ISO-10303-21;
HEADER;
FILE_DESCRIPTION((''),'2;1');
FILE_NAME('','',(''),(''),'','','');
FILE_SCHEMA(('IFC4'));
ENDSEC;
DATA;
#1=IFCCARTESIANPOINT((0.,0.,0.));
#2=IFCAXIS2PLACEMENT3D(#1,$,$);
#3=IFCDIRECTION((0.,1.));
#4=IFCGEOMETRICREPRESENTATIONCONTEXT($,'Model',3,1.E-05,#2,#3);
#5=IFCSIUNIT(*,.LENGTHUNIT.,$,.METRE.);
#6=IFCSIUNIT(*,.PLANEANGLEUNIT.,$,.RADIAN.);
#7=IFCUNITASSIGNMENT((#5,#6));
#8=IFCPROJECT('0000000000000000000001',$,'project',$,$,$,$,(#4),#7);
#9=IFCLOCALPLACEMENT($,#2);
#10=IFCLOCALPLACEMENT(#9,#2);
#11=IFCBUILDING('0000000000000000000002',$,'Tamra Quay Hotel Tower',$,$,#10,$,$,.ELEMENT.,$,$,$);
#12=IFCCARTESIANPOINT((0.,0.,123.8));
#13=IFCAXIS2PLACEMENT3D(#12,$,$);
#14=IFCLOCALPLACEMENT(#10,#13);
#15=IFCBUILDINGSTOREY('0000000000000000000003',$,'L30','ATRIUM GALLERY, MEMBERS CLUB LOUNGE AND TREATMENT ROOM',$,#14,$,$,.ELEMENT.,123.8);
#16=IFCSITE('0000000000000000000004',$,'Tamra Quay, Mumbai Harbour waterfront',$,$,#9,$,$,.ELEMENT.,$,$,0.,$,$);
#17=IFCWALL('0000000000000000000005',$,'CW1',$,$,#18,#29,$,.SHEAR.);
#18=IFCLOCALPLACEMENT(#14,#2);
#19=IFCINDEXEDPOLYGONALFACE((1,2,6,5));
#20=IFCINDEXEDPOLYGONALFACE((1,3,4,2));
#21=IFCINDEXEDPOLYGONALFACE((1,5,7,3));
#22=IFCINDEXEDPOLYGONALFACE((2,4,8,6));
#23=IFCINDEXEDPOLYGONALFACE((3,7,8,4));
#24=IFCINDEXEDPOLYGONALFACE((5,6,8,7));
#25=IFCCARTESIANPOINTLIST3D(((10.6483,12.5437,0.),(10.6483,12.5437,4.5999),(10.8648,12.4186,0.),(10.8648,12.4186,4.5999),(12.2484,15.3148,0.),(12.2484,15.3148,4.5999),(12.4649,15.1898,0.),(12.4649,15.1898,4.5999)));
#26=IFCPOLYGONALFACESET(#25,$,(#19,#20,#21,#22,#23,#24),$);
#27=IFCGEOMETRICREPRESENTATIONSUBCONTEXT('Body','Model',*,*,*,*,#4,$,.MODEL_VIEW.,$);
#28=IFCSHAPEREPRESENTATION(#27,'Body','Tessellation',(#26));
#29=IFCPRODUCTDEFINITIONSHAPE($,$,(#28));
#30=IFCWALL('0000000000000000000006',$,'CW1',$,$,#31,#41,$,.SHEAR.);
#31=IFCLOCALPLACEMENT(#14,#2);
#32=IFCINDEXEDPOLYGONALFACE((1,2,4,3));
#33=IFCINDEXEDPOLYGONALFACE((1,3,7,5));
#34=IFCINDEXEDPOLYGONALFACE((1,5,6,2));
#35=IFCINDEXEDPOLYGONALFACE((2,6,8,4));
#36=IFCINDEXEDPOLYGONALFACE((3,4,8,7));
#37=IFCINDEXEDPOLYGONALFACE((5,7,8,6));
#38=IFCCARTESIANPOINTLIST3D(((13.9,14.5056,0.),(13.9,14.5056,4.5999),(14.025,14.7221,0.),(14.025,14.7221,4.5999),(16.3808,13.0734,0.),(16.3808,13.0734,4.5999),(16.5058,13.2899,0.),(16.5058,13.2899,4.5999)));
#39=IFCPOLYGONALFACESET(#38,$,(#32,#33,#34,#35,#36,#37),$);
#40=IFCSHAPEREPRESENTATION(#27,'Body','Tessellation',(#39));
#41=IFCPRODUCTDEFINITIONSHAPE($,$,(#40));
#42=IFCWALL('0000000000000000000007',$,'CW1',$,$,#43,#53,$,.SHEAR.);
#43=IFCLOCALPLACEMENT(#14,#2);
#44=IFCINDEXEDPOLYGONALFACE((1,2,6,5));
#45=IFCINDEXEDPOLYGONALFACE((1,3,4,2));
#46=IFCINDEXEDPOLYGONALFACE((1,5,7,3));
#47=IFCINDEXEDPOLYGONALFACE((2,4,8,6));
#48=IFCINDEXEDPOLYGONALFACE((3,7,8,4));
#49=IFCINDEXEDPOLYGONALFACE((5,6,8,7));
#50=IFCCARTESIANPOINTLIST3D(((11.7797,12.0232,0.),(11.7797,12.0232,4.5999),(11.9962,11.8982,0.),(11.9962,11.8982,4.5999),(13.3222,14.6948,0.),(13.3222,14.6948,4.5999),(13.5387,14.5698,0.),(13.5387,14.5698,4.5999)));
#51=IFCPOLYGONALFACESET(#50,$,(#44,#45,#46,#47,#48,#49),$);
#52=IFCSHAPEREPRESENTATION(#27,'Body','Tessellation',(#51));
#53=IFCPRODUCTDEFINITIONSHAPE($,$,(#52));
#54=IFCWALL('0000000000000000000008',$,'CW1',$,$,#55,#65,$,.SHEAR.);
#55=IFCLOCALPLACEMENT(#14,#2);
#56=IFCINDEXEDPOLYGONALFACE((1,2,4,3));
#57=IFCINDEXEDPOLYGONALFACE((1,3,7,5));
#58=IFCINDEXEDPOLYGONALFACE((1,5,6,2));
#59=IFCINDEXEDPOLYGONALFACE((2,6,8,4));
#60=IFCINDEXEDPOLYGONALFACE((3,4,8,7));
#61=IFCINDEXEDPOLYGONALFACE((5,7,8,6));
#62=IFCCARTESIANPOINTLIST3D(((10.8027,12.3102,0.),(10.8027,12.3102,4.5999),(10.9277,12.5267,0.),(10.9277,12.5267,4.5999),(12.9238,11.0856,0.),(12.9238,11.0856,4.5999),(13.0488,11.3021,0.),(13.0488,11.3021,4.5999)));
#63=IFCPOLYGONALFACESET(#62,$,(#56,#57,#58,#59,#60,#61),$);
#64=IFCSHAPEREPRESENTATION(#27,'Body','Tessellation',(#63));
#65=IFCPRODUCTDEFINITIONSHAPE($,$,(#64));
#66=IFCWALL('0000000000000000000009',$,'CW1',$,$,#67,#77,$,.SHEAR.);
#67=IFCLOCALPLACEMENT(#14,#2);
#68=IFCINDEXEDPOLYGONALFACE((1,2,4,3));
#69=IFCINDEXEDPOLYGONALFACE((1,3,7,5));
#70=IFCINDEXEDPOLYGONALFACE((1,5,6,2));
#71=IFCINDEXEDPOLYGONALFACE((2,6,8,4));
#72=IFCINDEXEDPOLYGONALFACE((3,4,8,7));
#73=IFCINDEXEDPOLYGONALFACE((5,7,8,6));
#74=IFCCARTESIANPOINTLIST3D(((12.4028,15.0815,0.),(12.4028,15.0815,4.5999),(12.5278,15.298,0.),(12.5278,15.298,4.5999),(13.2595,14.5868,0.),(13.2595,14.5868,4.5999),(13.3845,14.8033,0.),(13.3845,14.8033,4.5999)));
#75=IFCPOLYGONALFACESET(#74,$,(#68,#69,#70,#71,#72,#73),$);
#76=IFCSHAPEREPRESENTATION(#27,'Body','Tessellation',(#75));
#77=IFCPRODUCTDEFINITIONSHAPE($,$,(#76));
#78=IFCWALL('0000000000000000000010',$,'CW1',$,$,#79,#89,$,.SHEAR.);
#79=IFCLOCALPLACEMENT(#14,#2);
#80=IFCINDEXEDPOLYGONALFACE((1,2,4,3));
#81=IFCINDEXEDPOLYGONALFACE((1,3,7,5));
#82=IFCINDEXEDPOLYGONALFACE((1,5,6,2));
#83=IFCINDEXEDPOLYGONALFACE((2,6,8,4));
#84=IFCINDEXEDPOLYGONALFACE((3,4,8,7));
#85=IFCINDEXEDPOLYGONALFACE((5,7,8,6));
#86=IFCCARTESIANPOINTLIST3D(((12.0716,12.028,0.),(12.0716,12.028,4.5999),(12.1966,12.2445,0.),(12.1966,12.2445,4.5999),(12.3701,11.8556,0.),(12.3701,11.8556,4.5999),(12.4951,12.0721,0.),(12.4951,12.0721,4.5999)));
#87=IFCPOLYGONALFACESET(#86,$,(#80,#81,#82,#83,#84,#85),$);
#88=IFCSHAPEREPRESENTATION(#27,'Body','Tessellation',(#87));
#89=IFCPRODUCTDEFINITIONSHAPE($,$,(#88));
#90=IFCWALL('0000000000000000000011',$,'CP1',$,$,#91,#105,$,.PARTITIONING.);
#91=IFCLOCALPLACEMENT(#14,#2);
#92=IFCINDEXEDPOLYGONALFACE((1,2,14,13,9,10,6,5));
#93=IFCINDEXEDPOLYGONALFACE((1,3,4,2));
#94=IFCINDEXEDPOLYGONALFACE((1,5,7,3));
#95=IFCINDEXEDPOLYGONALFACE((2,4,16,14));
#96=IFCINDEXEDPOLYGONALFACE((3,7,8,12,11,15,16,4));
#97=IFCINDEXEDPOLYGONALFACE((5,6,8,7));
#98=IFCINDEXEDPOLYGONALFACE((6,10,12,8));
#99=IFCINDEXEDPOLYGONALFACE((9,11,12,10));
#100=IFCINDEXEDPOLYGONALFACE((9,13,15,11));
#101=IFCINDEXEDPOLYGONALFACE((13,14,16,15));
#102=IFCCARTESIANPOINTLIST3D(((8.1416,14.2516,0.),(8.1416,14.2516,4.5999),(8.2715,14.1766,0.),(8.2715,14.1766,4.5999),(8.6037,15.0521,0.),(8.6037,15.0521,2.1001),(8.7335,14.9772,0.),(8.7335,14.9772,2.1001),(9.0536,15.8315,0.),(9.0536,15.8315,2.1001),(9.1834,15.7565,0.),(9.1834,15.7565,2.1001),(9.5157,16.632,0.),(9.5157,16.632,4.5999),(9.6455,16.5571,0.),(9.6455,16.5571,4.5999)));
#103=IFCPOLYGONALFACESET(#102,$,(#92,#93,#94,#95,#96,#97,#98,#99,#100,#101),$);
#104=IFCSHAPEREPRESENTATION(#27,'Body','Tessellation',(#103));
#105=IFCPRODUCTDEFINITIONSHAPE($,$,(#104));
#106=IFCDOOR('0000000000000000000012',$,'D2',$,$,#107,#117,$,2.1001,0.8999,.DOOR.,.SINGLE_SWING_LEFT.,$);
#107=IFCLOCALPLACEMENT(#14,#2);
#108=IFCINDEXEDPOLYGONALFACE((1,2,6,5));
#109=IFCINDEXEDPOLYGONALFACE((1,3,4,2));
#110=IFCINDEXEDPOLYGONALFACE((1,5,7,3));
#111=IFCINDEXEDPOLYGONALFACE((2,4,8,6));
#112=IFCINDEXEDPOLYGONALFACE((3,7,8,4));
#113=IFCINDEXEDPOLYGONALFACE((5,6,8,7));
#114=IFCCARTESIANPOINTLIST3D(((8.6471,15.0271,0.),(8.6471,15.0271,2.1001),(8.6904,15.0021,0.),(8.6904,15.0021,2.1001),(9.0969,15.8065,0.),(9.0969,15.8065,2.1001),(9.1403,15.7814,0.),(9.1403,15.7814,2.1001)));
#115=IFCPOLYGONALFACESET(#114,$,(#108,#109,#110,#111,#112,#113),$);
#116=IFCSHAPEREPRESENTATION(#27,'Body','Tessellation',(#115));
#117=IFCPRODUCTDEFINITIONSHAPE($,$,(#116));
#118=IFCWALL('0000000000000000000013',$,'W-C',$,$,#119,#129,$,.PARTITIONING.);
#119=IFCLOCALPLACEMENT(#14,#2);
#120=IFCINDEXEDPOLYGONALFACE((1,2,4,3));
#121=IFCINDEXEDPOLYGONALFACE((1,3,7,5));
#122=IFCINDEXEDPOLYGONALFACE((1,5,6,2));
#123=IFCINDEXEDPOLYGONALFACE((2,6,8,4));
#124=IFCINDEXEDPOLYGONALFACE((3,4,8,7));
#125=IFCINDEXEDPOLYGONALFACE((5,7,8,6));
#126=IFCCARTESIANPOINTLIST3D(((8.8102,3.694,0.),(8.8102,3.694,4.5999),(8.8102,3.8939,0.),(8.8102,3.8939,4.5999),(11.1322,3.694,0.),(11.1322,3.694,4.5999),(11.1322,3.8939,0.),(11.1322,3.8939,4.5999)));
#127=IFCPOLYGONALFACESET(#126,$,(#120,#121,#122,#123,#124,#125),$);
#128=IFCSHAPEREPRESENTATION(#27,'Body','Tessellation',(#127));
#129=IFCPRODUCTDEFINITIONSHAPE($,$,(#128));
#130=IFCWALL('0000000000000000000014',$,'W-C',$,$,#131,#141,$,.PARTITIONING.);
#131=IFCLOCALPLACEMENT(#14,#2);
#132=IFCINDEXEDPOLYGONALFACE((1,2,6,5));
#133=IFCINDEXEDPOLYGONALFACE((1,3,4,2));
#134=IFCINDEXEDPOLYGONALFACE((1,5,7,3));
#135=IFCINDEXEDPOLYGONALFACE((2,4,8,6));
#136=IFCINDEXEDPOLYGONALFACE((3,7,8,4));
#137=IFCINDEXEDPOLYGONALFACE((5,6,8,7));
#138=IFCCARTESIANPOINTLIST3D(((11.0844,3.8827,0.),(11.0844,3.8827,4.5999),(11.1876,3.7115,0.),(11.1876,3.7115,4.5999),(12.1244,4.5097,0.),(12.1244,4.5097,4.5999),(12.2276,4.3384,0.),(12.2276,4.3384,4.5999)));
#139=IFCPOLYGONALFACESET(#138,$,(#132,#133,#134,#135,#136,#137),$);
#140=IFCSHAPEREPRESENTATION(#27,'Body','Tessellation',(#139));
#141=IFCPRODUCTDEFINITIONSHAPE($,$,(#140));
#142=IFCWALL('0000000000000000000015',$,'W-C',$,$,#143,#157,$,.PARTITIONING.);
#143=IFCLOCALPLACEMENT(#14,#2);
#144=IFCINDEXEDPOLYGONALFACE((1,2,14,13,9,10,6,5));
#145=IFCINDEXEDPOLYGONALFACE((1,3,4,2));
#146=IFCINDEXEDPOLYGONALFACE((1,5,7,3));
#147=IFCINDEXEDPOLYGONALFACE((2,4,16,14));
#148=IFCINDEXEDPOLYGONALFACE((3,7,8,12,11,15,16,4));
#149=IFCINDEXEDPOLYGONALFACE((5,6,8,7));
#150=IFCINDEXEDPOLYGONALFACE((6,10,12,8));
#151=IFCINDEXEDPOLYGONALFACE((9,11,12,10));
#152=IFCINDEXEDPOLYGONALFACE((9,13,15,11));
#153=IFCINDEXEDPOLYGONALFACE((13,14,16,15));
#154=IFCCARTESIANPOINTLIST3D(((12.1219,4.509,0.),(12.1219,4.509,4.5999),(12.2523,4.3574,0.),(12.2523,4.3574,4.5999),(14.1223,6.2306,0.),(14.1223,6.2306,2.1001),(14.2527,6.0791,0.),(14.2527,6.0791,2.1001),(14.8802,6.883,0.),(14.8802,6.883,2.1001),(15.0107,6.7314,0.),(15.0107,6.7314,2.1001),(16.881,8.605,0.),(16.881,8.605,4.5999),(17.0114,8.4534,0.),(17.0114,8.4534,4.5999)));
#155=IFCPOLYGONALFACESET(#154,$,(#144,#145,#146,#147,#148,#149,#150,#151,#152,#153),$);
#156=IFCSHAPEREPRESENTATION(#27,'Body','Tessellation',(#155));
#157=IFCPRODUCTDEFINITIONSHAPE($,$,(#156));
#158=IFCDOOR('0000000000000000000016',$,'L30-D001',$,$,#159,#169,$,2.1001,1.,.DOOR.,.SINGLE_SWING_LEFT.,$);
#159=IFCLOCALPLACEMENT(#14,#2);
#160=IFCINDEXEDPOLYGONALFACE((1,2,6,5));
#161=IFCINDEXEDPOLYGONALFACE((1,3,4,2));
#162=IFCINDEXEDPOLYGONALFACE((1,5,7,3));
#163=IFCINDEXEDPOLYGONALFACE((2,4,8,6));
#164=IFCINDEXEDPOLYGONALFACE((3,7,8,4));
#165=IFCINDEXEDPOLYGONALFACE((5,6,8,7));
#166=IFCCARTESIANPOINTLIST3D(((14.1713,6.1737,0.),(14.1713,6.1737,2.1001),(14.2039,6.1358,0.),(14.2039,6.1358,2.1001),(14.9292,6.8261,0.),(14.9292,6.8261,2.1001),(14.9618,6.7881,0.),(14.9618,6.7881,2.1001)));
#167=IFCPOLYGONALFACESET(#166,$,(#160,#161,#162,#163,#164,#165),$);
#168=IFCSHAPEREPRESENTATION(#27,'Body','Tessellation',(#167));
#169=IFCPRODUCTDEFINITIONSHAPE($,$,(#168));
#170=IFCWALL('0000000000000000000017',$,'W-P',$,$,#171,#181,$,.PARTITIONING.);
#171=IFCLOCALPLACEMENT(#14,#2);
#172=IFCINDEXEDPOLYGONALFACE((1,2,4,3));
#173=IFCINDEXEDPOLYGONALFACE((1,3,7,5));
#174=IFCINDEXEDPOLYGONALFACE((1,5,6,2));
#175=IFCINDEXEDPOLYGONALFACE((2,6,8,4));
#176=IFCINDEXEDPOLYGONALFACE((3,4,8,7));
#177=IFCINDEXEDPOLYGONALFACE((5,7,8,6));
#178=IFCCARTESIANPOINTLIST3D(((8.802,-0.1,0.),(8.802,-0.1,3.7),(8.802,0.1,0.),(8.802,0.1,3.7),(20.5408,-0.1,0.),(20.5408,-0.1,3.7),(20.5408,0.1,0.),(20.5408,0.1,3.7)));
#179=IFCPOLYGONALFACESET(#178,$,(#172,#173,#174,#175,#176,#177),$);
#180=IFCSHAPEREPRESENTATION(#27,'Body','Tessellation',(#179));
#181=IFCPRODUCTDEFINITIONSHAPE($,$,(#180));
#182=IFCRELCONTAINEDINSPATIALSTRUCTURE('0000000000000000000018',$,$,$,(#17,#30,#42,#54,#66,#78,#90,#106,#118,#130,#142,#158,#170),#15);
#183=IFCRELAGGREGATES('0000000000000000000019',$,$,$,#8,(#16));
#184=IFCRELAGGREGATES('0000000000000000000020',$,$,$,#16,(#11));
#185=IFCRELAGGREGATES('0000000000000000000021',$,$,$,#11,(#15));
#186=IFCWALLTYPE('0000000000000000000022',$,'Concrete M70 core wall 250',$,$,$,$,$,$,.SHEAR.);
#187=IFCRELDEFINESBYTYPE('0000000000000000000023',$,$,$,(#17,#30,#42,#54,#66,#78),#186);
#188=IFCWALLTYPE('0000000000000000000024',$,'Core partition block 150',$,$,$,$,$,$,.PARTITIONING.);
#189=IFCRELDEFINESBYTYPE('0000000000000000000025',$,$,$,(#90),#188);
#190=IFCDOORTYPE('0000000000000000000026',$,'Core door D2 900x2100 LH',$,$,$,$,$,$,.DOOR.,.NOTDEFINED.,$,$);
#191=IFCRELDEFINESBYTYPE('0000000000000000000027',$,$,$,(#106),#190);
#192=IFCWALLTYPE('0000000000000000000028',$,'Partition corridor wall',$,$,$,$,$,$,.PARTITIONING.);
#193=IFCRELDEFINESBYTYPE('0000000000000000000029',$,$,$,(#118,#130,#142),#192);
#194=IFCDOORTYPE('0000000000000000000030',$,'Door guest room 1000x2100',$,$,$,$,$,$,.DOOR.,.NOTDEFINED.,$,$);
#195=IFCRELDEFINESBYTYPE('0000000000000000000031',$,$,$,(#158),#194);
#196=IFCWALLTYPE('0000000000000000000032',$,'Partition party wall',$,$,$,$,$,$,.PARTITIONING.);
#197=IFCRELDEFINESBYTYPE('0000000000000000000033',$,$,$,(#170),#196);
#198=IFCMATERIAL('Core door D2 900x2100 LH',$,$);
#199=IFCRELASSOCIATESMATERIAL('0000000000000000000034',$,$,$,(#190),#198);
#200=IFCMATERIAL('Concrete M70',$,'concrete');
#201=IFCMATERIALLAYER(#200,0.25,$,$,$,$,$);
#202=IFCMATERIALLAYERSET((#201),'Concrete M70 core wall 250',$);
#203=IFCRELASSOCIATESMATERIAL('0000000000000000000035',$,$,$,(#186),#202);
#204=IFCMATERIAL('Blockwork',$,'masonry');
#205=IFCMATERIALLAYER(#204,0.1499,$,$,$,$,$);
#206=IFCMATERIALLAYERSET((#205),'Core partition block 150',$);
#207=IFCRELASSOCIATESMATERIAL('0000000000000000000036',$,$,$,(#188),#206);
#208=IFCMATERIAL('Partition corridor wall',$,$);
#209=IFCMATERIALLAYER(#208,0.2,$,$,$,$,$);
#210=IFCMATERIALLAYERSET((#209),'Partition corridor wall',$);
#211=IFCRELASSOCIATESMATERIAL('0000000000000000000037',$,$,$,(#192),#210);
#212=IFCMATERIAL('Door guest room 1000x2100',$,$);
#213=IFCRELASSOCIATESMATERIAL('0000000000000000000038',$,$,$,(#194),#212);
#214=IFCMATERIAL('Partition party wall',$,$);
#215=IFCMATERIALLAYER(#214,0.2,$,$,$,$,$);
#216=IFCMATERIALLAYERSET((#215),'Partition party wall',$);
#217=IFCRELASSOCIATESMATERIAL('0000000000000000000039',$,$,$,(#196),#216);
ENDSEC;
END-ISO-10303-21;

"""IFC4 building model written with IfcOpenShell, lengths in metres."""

from ifc_helpers import new_model, si_unit, direction, frame, frame_2d, origin, place, context, subcontext, project, spatial, rectangle, extrude, material, layer, layer_set, type_object, element, fill, save


model = new_model("IFC4")

# Units and contexts
model_context = context("Model", 3, precision=1e-05, world=origin(), true_north=direction((0.0, 1.0)))
body_context = subcontext(model_context, "Body", "Model", "MODEL_VIEW")
ifc_project = project(units=[si_unit("LENGTHUNIT", "METRE"), si_unit("PLANEANGLEUNIT", "RADIAN")], contexts=[model_context])

# Site, building, storey
site_placement = place(None, origin())
site = spatial("IfcSite", under=ifc_project, at=site_placement, Name="Tamra Quay, Mumbai Harbour waterfront", CompositionType="ELEMENT", RefElevation=0.0)
building_placement = place(site_placement, origin())
building = spatial("IfcBuilding", under=site, at=building_placement, Name="Tamra Quay Hotel Tower", CompositionType="ELEMENT")
storey_placement = place(building_placement, frame((0.0, 0.0, 123.8)))
storey = spatial("IfcBuildingStorey", under=building, at=storey_placement, Name="L30", Description="ATRIUM GALLERY, MEMBERS CLUB LOUNGE AND TREATMENT ROOM", CompositionType="ELEMENT", Elevation=123.8)

# Shared definitions
ifc_material_1 = material(Name="Concrete M70", Category="concrete")

# Shared definitions
ifc_material_2 = material(Name="Core door D2 900x2100 LH")
door_type_1 = type_object("IfcDoorType", Name="Core door D2 900x2100 LH", OperationType="NOTDEFINED", PredefinedType="DOOR", material=ifc_material_2)

# Shared definitions
ifc_layer_1 = layer(ifc_material_1, 0.25)
ifc_layer_set_1 = layer_set([ifc_layer_1], Name="Concrete M70 core wall 250")
wall_type_1 = type_object("IfcWallType", Name="Concrete M70 core wall 250", PredefinedType="SHEAR", material=ifc_layer_set_1)

# Walls
wall_1_placement = place(storey_placement, frame((12.3567, 15.2524, 0.0), z_axis=(0.0, 0.0, 1.0), x_axis=(-0.500028, -0.866009, 0.0)))
element("IfcWall", 1, at=wall_1_placement, inside=storey, type_object=wall_type_1, Name="CW1", PredefinedType="SHEAR", context=body_context, shape_type="SweptSolid", body=[
    extrude(rectangle(XDim=3.2, YDim=0.25, at=frame_2d((1.6001, 0.0))), origin(), (0.0, 0.0, 1.0), 4.5999),
])
wall_2_placement = place(storey_placement, frame((13.9626, 14.6138, 0.0), z_axis=(0.0, 0.0, 1.0), x_axis=(0.866042, -0.499971, 0.0)))
element("IfcWall", 2, at=wall_2_placement, inside=storey, type_object=wall_type_1, Name="CW1", PredefinedType="SHEAR", context=body_context, shape_type="SweptSolid", body=[
    extrude(rectangle(XDim=2.8645, YDim=0.25, at=frame_2d((1.4321, 0.0))), origin(), (0.0, 0.0, 1.0), 4.5999),
])
wall_3_placement = place(storey_placement, frame((11.8879, 11.9607, 0.0), z_axis=(0.0, 0.0, 1.0), x_axis=(0.500003, 0.866023, 0.0)))
element("IfcWall", 3, at=wall_3_placement, inside=storey, type_object=wall_type_1, Name="CW1", PredefinedType="SHEAR", context=body_context, shape_type="SweptSolid", body=[
    extrude(rectangle(XDim=3.085, YDim=0.25, at=frame_2d((1.5425, 0.0))), origin(), (0.0, 0.0, 1.0), 4.5999),
])
wall_4_placement = place(storey_placement, frame((10.8652, 12.4185, 0.0), z_axis=(0.0, 0.0, 1.0), x_axis=(0.866026, -0.499999, 0.0)))
element("IfcWall", 4, at=wall_4_placement, inside=storey, type_object=wall_type_1, Name="CW1", PredefinedType="SHEAR", context=body_context, shape_type="SweptSolid", body=[
    extrude(rectangle(XDim=2.4492, YDim=0.25, at=frame_2d((1.2246, 0.0))), origin(), (0.0, 0.0, 1.0), 4.5999),
])
wall_5_placement = place(storey_placement, frame((13.322, 14.6951, 0.0), z_axis=(0.0, 0.0, 1.0), x_axis=(-0.866017, 0.500014, 0.0)))
element("IfcWall", 5, at=wall_5_placement, inside=storey, type_object=wall_type_1, Name="CW1", PredefinedType="SHEAR", context=body_context, shape_type="SweptSolid", body=[
    extrude(rectangle(XDim=0.9893, YDim=0.25, at=frame_2d((0.4946, 0.0))), origin(), (0.0, 0.0, 1.0), 4.5999),
])
wall_6_placement = place(storey_placement, frame((12.4326, 11.9639, 0.0), z_axis=(0.0, 0.0, 1.0), x_axis=(-0.866056, 0.499947, 0.0)))
element("IfcWall", 6, at=wall_6_placement, inside=storey, type_object=wall_type_1, Name="CW1", PredefinedType="SHEAR", context=body_context, shape_type="SweptSolid", body=[
    extrude(rectangle(XDim=0.3447, YDim=0.25, at=frame_2d((0.1724, 0.0))), origin(), (0.0, 0.0, 1.0), 4.5999),
])

# Wall, opening, door
ifc_material_3 = material(Name="Blockwork", Category="masonry")
ifc_layer_2 = layer(ifc_material_3, 0.1499)
ifc_layer_set_2 = layer_set([ifc_layer_2], Name="Core partition block 150")
wall_type_2 = type_object("IfcWallType", Name="Core partition block 150", PredefinedType="PARTITIONING", material=ifc_layer_set_2)
wall_7_placement = place(storey_placement, frame((8.2065, 14.2141, 0.0), z_axis=(0.0, 0.0, 1.0), x_axis=(0.499922, 0.86607, 0.0)))
wall_7 = element("IfcWall", 7, at=wall_7_placement, inside=storey, type_object=wall_type_2, Name="CP1", PredefinedType="PARTITIONING", context=body_context, shape_type="SweptSolid", body=[
    extrude(rectangle(XDim=2.7485, YDim=0.1499, at=frame_2d((1.3743, 0.0))), origin(), (0.0, 0.0, 1.0), 4.5999),
])
opening_1_placement = place(wall_7_placement, frame((0.9243, 0.0, 0.0)))
opening_1 = element("IfcOpeningElement", 8, at=opening_1_placement, cuts=wall_7, PredefinedType="OPENING", context=body_context, shape_type="SweptSolid", body=[
    extrude(rectangle(XDim=0.8999, YDim=2.1001, at=frame_2d((0.45, 1.05))), frame((0.0, 0.085, 0.0), z_axis=(0.0, -1.0, 0.0), x_axis=(1.0, 0.0, 0.0)), (0.0, 0.0, 1.0), 0.1699),
])
door_1_placement = place(opening_1_placement, origin())
door_1 = element("IfcDoor", 9, at=door_1_placement, inside=storey, type_object=door_type_1, Name="D2", OperationType="SINGLE_SWING_LEFT", OverallHeight=2.1001, OverallWidth=0.8999, PredefinedType="DOOR", context=body_context, shape_type="SweptSolid", body=[
    extrude(rectangle(XDim=0.8999, YDim=2.1001, at=frame_2d((0.45, 1.05))), frame((0.0, 0.0249, 0.0), z_axis=(0.0, -1.0, 0.0), x_axis=(1.0, 0.0, 0.0)), (0.0, 0.0, 1.0), 0.05),
])
fill(opening_1, door_1)

# Walls
ifc_material_4 = material(Name="Partition corridor wall")
ifc_layer_3 = layer(ifc_material_4, 0.2)
ifc_layer_set_3 = layer_set([ifc_layer_3], Name="Partition corridor wall")
wall_type_3 = type_object("IfcWallType", Name="Partition corridor wall", PredefinedType="PARTITIONING", material=ifc_layer_set_3)
wall_8_placement = place(storey_placement, frame((8.8101, 3.7939, 0.0), z_axis=(0.0, 0.0, 1.0), x_axis=(1.0, 0.0, 0.0)))
element("IfcWall", 10, at=wall_8_placement, inside=storey, type_object=wall_type_3, Name="W-C", PredefinedType="PARTITIONING", context=body_context, shape_type="SweptSolid", body=[
    extrude(rectangle(XDim=2.322, YDim=0.2, at=frame_2d((1.1611, 0.0))), origin(), (0.0, 0.0, 1.0), 4.5999),
])
wall_9_placement = place(storey_placement, frame((11.136, 3.7971, 0.0), z_axis=(0.0, 0.0, 1.0), x_axis=(0.856427, 0.516269, 0.0)))
element("IfcWall", 11, at=wall_9_placement, inside=storey, type_object=wall_type_3, Name="W-C", PredefinedType="PARTITIONING", context=body_context, shape_type="SweptSolid", body=[
    extrude(rectangle(XDim=1.2144, YDim=0.2, at=frame_2d((0.6072, 0.0))), origin(), (0.0, 0.0, 1.0), 4.5999),
])

# Wall, opening, door
wall_10_placement = place(storey_placement, frame((12.187, 4.4331, 0.0), z_axis=(0.0, 0.0, 1.0), x_axis=(0.757935, 0.65233, 0.0)))
wall_10 = element("IfcWall", 12, at=wall_10_placement, inside=storey, type_object=wall_type_3, Name="W-C", PredefinedType="PARTITIONING", context=body_context, shape_type="SweptSolid", body=[
    extrude(rectangle(XDim=6.2791, YDim=0.2, at=frame_2d((3.1396, 0.0))), origin(), (0.0, 0.0, 1.0), 4.5999),
])
opening_2_placement = place(wall_10_placement, frame((2.6394, 0.0, 0.0)))
opening_2 = element("IfcOpeningElement", 13, at=opening_2_placement, cuts=wall_10, PredefinedType="OPENING", context=body_context, shape_type="SweptSolid", body=[
    extrude(rectangle(XDim=1.0, YDim=2.1001, at=frame_2d((0.5, 1.05))), frame((0.0, 0.1099, 0.0), z_axis=(0.0, -1.0, 0.0), x_axis=(1.0, 0.0, 0.0)), (0.0, 0.0, 1.0), 0.22),
])
ifc_material_5 = material(Name="Door guest room 1000x2100")
door_type_2 = type_object("IfcDoorType", Name="Door guest room 1000x2100", OperationType="NOTDEFINED", PredefinedType="DOOR", material=ifc_material_5)
door_2_placement = place(opening_2_placement, origin())
door_2 = element("IfcDoor", 14, at=door_2_placement, inside=storey, type_object=door_type_2, Name="L30-D001", OperationType="SINGLE_SWING_LEFT", OverallHeight=2.1001, OverallWidth=1.0, PredefinedType="DOOR", context=body_context, shape_type="SweptSolid", body=[
    extrude(rectangle(XDim=1.0, YDim=2.1001, at=frame_2d((0.5, 1.05))), frame((0.0, 0.0249, 0.0), z_axis=(0.0, -1.0, 0.0), x_axis=(1.0, 0.0, 0.0)), (0.0, 0.0, 1.0), 0.05),
])
fill(opening_2, door_2)

# Wall
ifc_material_6 = material(Name="Partition party wall")
ifc_layer_4 = layer(ifc_material_6, 0.2)
ifc_layer_set_4 = layer_set([ifc_layer_4], Name="Partition party wall")
wall_type_4 = type_object("IfcWallType", Name="Partition party wall", PredefinedType="PARTITIONING", material=ifc_layer_set_4)
wall_11_placement = place(storey_placement, frame((8.802, 0.0, 0.0), z_axis=(0.0, 0.0, 1.0), x_axis=(1.0, 0.0, 0.0)))
element("IfcWall", 15, at=wall_11_placement, inside=storey, type_object=wall_type_4, Name="W-P", PredefinedType="PARTITIONING", context=body_context, shape_type="SweptSolid", body=[
    extrude(rectangle(XDim=11.7388, YDim=0.2, at=frame_2d((5.8694, 0.0))), origin(), (0.0, 0.0, 1.0), 3.7),
])

save(model, "model.ifc")
